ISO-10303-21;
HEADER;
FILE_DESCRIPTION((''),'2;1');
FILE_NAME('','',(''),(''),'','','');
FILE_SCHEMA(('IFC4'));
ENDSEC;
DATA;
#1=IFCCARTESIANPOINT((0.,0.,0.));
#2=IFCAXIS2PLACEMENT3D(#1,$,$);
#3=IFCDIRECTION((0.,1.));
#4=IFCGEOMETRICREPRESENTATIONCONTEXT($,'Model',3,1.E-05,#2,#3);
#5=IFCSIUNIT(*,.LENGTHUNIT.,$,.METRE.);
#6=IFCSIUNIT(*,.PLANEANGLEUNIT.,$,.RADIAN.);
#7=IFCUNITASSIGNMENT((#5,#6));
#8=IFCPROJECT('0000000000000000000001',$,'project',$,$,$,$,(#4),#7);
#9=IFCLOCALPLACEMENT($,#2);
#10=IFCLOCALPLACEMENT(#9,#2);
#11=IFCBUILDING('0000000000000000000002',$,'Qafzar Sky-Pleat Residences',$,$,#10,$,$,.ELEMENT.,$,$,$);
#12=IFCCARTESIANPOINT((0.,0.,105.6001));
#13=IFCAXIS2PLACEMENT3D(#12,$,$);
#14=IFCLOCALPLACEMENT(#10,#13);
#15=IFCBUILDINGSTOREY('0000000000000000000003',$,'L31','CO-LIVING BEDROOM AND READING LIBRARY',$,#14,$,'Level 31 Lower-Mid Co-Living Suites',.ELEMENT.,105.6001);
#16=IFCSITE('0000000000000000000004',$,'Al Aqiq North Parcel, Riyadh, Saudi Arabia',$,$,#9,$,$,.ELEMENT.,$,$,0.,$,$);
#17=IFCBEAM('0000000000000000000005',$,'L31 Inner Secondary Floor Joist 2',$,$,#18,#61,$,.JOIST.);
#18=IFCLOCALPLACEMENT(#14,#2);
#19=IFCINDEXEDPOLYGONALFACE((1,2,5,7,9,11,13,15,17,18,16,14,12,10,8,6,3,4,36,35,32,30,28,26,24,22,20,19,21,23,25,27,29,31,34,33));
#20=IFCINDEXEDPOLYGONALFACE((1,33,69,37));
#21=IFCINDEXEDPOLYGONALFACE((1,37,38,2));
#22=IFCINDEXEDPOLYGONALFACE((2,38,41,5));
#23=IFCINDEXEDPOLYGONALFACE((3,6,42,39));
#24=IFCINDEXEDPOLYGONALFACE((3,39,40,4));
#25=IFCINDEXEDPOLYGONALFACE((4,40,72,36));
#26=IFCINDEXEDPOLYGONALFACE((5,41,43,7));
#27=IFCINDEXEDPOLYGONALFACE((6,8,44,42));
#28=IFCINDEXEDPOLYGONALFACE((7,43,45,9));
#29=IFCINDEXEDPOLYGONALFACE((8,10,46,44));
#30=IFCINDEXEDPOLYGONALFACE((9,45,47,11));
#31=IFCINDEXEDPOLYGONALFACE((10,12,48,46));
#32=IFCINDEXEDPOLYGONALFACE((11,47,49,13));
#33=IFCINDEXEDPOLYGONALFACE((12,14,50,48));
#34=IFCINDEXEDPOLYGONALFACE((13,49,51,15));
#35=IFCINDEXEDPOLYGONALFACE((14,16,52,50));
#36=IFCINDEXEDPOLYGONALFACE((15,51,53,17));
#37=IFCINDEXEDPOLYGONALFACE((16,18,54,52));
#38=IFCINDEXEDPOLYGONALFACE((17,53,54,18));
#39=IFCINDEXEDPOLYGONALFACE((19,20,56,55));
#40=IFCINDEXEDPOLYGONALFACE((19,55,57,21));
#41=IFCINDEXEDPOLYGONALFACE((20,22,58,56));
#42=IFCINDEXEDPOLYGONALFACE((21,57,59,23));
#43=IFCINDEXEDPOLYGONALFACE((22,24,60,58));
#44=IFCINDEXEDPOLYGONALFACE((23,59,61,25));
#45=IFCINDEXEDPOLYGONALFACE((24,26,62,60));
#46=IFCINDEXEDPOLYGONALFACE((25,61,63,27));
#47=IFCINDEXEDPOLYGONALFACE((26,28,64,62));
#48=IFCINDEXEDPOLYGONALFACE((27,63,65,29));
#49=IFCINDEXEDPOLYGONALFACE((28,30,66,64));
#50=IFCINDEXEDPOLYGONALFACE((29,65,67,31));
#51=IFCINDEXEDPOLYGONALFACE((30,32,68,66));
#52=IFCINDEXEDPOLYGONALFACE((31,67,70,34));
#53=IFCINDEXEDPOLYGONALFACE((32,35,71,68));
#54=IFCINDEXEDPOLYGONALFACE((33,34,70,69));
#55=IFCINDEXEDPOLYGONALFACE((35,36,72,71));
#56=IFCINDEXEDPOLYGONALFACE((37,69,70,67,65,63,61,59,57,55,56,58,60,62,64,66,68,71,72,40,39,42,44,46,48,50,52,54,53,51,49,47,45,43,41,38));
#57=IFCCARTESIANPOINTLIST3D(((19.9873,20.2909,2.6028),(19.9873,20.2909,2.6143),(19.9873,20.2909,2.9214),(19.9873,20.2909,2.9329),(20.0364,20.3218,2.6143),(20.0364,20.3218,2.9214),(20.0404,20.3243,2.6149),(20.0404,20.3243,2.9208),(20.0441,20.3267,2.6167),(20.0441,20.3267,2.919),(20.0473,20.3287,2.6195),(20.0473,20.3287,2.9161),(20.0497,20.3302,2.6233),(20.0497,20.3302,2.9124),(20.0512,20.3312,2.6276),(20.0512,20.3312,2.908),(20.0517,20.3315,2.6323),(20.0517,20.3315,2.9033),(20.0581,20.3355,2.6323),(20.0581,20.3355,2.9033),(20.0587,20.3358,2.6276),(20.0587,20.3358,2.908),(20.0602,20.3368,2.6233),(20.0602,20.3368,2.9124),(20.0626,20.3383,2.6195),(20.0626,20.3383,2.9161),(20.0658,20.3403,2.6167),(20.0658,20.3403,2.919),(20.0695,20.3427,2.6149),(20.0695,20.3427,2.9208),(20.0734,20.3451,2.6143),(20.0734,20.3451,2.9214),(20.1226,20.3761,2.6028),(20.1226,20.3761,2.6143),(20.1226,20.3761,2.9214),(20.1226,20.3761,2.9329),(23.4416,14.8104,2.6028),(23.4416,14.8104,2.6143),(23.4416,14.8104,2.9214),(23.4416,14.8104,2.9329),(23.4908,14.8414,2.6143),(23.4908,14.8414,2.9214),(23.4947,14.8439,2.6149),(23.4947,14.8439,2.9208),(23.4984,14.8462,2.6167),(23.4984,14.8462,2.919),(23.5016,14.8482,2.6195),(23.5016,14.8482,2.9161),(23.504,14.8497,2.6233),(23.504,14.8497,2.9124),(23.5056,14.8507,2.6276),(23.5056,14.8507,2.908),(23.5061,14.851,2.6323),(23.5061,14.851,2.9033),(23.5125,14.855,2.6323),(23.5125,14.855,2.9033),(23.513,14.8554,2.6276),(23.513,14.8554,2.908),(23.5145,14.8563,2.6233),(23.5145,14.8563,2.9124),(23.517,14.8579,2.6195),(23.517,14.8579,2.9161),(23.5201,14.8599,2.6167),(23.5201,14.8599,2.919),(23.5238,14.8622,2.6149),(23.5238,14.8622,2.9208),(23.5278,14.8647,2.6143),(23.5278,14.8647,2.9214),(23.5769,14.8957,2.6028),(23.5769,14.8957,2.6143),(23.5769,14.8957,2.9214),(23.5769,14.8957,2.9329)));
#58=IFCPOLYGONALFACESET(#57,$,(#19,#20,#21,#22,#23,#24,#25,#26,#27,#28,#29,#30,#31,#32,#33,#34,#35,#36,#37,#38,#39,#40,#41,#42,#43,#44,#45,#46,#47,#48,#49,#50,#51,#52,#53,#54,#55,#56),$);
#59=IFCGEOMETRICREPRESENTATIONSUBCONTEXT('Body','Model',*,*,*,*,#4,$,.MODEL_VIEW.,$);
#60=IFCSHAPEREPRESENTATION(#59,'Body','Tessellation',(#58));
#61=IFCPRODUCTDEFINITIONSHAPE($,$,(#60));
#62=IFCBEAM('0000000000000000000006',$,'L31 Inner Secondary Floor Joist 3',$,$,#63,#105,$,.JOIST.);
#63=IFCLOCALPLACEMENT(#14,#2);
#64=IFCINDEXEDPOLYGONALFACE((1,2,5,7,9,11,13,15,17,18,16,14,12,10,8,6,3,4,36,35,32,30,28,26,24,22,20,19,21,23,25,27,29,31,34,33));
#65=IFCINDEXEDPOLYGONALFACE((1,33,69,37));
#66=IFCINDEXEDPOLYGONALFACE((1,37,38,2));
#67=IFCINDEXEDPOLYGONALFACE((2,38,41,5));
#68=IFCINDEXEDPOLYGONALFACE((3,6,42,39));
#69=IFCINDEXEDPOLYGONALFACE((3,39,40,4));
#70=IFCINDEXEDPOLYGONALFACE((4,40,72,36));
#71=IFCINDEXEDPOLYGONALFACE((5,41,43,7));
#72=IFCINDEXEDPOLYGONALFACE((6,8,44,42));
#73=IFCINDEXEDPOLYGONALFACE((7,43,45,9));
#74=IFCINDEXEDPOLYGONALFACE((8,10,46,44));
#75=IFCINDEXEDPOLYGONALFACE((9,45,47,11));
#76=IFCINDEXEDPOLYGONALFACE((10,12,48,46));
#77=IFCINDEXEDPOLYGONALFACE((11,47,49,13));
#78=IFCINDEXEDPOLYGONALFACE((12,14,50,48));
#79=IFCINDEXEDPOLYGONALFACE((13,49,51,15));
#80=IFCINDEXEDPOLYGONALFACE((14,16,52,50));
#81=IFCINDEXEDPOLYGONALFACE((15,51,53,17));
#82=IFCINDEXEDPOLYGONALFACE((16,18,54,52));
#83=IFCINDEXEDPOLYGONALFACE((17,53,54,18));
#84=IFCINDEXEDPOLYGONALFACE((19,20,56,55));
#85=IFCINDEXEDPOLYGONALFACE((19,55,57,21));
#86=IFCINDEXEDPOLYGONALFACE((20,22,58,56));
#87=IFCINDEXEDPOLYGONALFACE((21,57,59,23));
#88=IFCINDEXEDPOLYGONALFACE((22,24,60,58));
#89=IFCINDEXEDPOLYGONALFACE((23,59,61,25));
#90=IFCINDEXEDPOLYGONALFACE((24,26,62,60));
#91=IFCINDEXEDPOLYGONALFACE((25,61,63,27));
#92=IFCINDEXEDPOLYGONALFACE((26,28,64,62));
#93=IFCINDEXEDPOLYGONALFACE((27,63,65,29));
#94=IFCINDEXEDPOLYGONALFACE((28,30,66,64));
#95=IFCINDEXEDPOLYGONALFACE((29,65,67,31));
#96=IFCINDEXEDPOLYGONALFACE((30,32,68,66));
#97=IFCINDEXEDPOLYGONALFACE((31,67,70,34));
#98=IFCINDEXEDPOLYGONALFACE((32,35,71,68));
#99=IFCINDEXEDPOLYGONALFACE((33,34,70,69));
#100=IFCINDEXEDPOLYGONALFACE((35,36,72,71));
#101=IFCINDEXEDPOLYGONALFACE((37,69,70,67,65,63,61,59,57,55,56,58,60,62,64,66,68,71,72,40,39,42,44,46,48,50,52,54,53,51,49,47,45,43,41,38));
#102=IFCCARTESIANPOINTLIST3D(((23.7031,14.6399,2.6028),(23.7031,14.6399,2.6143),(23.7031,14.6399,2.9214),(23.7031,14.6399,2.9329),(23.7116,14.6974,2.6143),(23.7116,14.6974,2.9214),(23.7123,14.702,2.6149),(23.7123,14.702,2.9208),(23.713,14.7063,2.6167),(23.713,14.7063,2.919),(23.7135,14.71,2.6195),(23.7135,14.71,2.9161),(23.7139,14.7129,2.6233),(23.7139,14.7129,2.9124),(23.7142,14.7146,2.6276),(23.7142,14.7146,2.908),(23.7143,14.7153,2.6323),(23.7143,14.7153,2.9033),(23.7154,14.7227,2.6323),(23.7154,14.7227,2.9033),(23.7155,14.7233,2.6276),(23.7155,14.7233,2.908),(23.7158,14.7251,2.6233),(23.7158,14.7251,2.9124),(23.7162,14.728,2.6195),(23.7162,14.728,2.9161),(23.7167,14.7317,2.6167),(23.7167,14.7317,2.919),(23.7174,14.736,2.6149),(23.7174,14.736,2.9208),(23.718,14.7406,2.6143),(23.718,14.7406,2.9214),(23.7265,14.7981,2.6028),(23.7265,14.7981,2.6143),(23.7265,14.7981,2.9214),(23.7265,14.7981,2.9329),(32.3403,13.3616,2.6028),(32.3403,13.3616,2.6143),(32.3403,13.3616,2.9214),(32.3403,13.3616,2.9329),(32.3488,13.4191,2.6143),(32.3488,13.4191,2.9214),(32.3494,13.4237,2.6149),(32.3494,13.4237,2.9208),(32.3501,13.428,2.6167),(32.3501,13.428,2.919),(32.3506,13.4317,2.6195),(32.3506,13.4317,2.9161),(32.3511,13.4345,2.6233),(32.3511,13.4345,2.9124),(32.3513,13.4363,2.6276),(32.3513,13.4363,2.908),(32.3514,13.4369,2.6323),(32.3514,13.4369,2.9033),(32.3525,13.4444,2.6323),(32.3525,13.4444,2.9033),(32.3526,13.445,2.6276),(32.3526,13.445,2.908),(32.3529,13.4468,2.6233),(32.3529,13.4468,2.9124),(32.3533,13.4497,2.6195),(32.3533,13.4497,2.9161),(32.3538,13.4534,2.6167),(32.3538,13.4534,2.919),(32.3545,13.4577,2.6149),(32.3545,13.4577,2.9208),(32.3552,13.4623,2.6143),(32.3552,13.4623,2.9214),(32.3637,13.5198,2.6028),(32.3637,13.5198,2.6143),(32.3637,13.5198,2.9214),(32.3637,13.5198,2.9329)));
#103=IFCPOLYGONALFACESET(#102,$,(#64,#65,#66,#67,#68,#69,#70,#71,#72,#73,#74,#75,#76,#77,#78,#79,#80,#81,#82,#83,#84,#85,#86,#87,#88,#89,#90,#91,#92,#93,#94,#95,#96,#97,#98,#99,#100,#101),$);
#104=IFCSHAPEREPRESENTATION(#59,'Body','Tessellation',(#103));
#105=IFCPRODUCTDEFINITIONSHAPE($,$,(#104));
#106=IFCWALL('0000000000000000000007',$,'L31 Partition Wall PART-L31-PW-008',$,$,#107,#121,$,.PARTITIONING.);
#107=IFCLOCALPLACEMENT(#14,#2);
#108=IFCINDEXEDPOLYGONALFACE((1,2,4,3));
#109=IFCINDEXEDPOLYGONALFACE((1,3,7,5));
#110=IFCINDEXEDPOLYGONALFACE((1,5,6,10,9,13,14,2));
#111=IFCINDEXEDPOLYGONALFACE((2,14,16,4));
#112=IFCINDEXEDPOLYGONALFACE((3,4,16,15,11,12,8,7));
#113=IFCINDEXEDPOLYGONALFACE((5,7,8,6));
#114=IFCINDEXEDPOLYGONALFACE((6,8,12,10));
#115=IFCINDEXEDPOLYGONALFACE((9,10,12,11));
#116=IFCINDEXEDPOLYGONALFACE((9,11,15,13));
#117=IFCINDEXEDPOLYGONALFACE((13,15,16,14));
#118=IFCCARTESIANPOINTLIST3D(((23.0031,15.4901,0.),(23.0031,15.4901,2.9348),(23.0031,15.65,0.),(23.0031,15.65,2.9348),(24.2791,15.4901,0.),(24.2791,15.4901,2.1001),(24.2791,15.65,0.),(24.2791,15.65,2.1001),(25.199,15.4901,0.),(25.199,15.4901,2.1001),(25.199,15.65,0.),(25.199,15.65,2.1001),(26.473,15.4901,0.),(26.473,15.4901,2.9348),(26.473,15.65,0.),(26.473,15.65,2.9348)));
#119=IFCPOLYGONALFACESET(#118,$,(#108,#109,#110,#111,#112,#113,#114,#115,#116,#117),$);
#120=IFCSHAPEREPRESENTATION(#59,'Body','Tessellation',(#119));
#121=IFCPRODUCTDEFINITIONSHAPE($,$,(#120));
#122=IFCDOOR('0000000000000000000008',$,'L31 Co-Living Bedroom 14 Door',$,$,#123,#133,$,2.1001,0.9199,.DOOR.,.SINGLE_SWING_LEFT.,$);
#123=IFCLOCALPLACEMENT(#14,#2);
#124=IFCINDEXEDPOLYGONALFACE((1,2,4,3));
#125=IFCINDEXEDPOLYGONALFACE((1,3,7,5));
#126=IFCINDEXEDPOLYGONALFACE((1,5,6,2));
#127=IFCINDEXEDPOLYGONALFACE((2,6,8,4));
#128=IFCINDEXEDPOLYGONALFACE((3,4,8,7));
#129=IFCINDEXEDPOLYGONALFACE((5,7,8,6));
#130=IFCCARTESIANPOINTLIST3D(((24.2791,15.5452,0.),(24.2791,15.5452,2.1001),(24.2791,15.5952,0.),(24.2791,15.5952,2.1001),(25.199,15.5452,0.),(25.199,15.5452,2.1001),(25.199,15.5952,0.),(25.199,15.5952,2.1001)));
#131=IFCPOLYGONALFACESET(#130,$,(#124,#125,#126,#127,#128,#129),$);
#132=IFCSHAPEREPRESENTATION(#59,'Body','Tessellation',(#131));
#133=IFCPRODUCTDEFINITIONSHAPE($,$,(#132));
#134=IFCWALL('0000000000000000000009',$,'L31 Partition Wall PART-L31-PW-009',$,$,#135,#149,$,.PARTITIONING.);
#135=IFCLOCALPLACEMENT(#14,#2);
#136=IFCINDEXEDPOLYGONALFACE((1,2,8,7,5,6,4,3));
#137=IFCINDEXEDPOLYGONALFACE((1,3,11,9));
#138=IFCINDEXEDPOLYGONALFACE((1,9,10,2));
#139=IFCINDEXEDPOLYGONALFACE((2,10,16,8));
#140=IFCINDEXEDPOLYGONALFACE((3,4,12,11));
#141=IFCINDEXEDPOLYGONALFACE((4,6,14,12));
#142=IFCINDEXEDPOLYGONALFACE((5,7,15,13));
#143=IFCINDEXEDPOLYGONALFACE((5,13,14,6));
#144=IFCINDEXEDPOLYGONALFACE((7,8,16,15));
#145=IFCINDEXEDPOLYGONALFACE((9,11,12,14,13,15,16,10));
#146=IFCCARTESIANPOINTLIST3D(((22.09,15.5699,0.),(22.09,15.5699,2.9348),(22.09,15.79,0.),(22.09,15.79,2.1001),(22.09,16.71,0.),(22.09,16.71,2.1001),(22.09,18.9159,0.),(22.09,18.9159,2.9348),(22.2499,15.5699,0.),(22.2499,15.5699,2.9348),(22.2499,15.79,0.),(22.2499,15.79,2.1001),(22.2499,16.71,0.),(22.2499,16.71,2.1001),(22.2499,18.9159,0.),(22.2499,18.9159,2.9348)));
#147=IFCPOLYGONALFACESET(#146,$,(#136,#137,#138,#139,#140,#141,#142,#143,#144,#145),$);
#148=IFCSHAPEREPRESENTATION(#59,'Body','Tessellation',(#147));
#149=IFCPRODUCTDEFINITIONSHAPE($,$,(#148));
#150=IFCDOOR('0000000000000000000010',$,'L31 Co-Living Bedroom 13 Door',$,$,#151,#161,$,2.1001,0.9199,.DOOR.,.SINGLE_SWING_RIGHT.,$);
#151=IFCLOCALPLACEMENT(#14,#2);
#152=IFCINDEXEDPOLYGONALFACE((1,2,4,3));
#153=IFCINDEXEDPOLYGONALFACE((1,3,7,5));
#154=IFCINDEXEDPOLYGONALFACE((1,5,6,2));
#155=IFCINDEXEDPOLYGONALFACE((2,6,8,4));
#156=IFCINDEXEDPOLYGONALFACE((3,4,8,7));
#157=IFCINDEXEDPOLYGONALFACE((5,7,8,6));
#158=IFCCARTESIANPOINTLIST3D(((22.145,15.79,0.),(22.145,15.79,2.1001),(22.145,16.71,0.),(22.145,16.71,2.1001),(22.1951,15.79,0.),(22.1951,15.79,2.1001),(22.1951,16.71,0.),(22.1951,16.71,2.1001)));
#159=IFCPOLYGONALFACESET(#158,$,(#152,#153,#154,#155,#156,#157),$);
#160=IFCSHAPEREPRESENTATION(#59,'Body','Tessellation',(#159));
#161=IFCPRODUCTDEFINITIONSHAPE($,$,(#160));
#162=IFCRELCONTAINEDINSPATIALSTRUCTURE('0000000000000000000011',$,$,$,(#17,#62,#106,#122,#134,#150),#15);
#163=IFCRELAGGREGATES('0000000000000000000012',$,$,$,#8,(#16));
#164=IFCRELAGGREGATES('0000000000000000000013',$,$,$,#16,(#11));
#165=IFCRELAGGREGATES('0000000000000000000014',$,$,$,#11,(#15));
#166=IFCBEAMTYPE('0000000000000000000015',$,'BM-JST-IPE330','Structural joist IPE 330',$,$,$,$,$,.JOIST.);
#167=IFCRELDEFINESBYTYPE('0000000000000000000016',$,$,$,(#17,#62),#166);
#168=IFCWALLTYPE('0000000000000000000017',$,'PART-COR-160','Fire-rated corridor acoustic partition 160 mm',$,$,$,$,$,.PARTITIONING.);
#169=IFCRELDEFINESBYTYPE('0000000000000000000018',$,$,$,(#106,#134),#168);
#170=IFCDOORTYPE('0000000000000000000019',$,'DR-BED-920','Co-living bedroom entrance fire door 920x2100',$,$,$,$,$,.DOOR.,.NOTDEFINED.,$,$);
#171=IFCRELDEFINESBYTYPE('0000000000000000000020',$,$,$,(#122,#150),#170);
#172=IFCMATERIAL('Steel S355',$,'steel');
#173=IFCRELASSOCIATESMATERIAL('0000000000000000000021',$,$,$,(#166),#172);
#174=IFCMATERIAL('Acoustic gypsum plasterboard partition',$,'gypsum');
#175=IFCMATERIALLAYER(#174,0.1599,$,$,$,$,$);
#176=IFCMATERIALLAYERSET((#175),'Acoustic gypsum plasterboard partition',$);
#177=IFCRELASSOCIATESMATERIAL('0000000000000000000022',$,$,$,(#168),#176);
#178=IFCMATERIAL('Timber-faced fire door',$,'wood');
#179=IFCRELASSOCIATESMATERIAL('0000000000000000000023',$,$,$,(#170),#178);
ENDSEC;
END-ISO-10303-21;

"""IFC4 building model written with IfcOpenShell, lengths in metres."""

from ifc_helpers import new_model, si_unit, direction, frame, frame_2d, origin, origin_2d, place, context, subcontext, project, spatial, rectangle, i_section, extrude, source, transform, mapped, material, layer, layer_set, material_profile, profile_set, type_object, element, fill, save


model = new_model("IFC4")

# Units and contexts
model_context = context("Model", 3, precision=1e-05, world=origin(), true_north=direction((0.0, 1.0)))
body_context = subcontext(model_context, "Body", "Model", "MODEL_VIEW")
ifc_project = project(units=[si_unit("LENGTHUNIT", "METRE"), si_unit("PLANEANGLEUNIT", "RADIAN")], contexts=[model_context])

# Site, building, storey
site_placement = place(None, origin())
site = spatial("IfcSite", under=ifc_project, at=site_placement, Name="Al Aqiq North Parcel, Riyadh, Saudi Arabia", CompositionType="ELEMENT", RefElevation=0.0)
building_placement = place(site_placement, origin())
building = spatial("IfcBuilding", under=site, at=building_placement, Name="Qafzar Sky-Pleat Residences", CompositionType="ELEMENT")
storey_placement = place(building_placement, frame((0.0, 0.0, 105.6001)))
storey = spatial("IfcBuildingStorey", under=building, at=storey_placement, Name="L31", Description="CO-LIVING BEDROOM AND READING LIBRARY", LongName="Level 31 Lower-Mid Co-Living Suites", CompositionType="ELEMENT", Elevation=105.6001)

# Beams
ifc_material_1 = material(Name="Steel S355", Category="steel")
ifc_material_profile = material_profile(ifc_material_1, i_section(OverallWidth=0.1599, OverallDepth=0.3301, WebThickness=0.0076, FlangeThickness=0.0115, FilletRadius=0.0181, at=origin_2d()), Name="IPE 330")
ifc_profile_set = profile_set([ifc_material_profile], Name="Steel S355")
beam_type = type_object("IfcBeamType", Name="BM-JST-IPE330", Description="Structural joist IPE 330", PredefinedType="JOIST", material=ifc_profile_set)
shared_shape_1 = source(origin(), body_context, "Body", "SweptSolid", [
    extrude(i_section(OverallWidth=0.1599, OverallDepth=0.3301, WebThickness=0.0076, FlangeThickness=0.0115, FilletRadius=0.0181, at=origin_2d()), origin(), (0.0, 0.0, 1.0), 6.4783),
])
beam_1_placement = place(storey_placement, frame((20.0549, 20.3335, 2.7678), z_axis=(0.53322, -0.845977, 0.0), x_axis=(0.845977, 0.53322, 0.0)))
element("IfcBeam", 1, at=beam_1_placement, inside=storey, type_object=beam_type, Name="L31 Inner Secondary Floor Joist 2", PredefinedType="JOIST", context=body_context, shape_type="MappedRepresentation", body=[
    mapped(shared_shape_1, transform((0.0, 0.0, 0.0), x_axis=(1.0, 0.0, 0.0), y_axis=(0.0, 1.0, 0.0), z_axis=(0.0, 0.0, 1.0), scale=1.0)),
])
shared_shape_2 = source(origin(), body_context, "Body", "SweptSolid", [
    extrude(i_section(OverallWidth=0.1599, OverallDepth=0.3301, WebThickness=0.0076, FlangeThickness=0.0115, FilletRadius=0.0181, at=origin_2d()), origin(), (0.0, 0.0, 1.0), 8.7312),
])
beam_2_placement = place(storey_placement, frame((23.7148, 14.719, 2.7678), z_axis=(0.989224, -0.146407, 0.0), x_axis=(0.146407, 0.989224, 0.0)))
element("IfcBeam", 2, at=beam_2_placement, inside=storey, type_object=beam_type, Name="L31 Inner Secondary Floor Joist 3", PredefinedType="JOIST", context=body_context, shape_type="MappedRepresentation", body=[
    mapped(shared_shape_2, transform((0.0, 0.0, 0.0), x_axis=(1.0, 0.0, 0.0), y_axis=(0.0, 1.0, 0.0), z_axis=(0.0, 0.0, 1.0), scale=1.0)),
])

# Walls, openings, doors
ifc_material_2 = material(Name="Acoustic gypsum plasterboard partition", Category="gypsum")
ifc_layer_1 = layer(ifc_material_2, 0.1599)
ifc_layer_set_1 = layer_set([ifc_layer_1], Name="Acoustic gypsum plasterboard partition")
wall_type_1 = type_object("IfcWallType", Name="PART-COR-160", Description="Fire-rated corridor acoustic partition 160 mm", PredefinedType="PARTITIONING", material=ifc_layer_set_1)
wall_1_placement = place(storey_placement, frame((26.4729, 15.5701, 0.0), z_axis=(0.0, 0.0, 1.0), x_axis=(-1.0, 0.0, 0.0)))
wall_1 = element("IfcWall", 3, at=wall_1_placement, inside=storey, type_object=wall_type_1, Name="L31 Partition Wall PART-L31-PW-008", PredefinedType="PARTITIONING", context=body_context, shape_type="SweptSolid", body=[
    extrude(rectangle(XDim=3.47, YDim=0.1599, at=frame_2d((1.7349, 0.0))), origin(), (0.0, 0.0, 1.0), 2.9348),
])
opening_1_placement = place(wall_1_placement, frame((1.2739, 0.0, 0.0)))
opening_1 = element("IfcOpeningElement", 4, at=opening_1_placement, cuts=wall_1, PredefinedType="OPENING", context=body_context, shape_type="SweptSolid", body=[
    extrude(rectangle(XDim=0.9199, YDim=2.1001, at=frame_2d((0.46, 1.05))), frame((0.0, 0.0898, 0.0), z_axis=(0.0, -1.0, 0.0), x_axis=(1.0, 0.0, 0.0)), (0.0, 0.0, 1.0), 0.1799),
])
ifc_material_3 = material(Name="Timber-faced fire door", Category="wood")
door_type_1 = type_object("IfcDoorType", Name="DR-BED-920", Description="Co-living bedroom entrance fire door 920x2100", OperationType="NOTDEFINED", PredefinedType="DOOR", material=ifc_material_3)
shared_shape_3 = source(origin(), body_context, "Body", "SweptSolid", [
    extrude(rectangle(XDim=0.9199, YDim=2.1001, at=frame_2d((0.46, 1.05))), frame((0.0, 0.0249, 0.0), z_axis=(0.0, -1.0, 0.0), x_axis=(1.0, 0.0, 0.0)), (0.0, 0.0, 1.0), 0.05),
])
door_1_placement = place(opening_1_placement, origin())
door_1 = element("IfcDoor", 5, at=door_1_placement, inside=storey, type_object=door_type_1, Name="L31 Co-Living Bedroom 14 Door", OperationType="SINGLE_SWING_LEFT", OverallHeight=2.1001, OverallWidth=0.9199, PredefinedType="DOOR", context=body_context, shape_type="MappedRepresentation", body=[
    mapped(shared_shape_3, transform((0.0, 0.0, 0.0), x_axis=(1.0, 0.0, 0.0), y_axis=(0.0, 1.0, 0.0), z_axis=(0.0, 0.0, 1.0), scale=1.0)),
])
fill(opening_1, door_1)
wall_2_placement = place(storey_placement, frame((22.1699, 15.5701, 0.0), z_axis=(0.0, 0.0, 1.0), x_axis=(0.0, 1.0, 0.0)))
wall_2 = element("IfcWall", 6, at=wall_2_placement, inside=storey, type_object=wall_type_1, Name="L31 Partition Wall PART-L31-PW-009", PredefinedType="PARTITIONING", context=body_context, shape_type="SweptSolid", body=[
    extrude(rectangle(XDim=3.3459, YDim=0.1599, at=frame_2d((1.6729, 0.0))), origin(), (0.0, 0.0, 1.0), 2.9348),
])
opening_2_placement = place(wall_2_placement, frame((0.22, 0.0, 0.0)))
opening_2 = element("IfcOpeningElement", 7, at=opening_2_placement, cuts=wall_2, PredefinedType="OPENING", context=body_context, shape_type="SweptSolid", body=[
    extrude(rectangle(XDim=0.9199, YDim=2.1001, at=frame_2d((0.46, 1.05))), frame((0.0, 0.0898, 0.0), z_axis=(0.0, -1.0, 0.0), x_axis=(1.0, 0.0, 0.0)), (0.0, 0.0, 1.0), 0.1799),
])
door_2_placement = place(opening_2_placement, origin())
door_2 = element("IfcDoor", 8, at=door_2_placement, inside=storey, type_object=door_type_1, Name="L31 Co-Living Bedroom 13 Door", OperationType="SINGLE_SWING_RIGHT", OverallHeight=2.1001, OverallWidth=0.9199, PredefinedType="DOOR", context=body_context, shape_type="MappedRepresentation", body=[
    mapped(shared_shape_3, transform((0.0, 0.0, 0.0), x_axis=(1.0, 0.0, 0.0), y_axis=(0.0, 1.0, 0.0), z_axis=(0.0, 0.0, 1.0), scale=1.0)),
])
fill(opening_2, door_2)

save(model, "model.ifc")
